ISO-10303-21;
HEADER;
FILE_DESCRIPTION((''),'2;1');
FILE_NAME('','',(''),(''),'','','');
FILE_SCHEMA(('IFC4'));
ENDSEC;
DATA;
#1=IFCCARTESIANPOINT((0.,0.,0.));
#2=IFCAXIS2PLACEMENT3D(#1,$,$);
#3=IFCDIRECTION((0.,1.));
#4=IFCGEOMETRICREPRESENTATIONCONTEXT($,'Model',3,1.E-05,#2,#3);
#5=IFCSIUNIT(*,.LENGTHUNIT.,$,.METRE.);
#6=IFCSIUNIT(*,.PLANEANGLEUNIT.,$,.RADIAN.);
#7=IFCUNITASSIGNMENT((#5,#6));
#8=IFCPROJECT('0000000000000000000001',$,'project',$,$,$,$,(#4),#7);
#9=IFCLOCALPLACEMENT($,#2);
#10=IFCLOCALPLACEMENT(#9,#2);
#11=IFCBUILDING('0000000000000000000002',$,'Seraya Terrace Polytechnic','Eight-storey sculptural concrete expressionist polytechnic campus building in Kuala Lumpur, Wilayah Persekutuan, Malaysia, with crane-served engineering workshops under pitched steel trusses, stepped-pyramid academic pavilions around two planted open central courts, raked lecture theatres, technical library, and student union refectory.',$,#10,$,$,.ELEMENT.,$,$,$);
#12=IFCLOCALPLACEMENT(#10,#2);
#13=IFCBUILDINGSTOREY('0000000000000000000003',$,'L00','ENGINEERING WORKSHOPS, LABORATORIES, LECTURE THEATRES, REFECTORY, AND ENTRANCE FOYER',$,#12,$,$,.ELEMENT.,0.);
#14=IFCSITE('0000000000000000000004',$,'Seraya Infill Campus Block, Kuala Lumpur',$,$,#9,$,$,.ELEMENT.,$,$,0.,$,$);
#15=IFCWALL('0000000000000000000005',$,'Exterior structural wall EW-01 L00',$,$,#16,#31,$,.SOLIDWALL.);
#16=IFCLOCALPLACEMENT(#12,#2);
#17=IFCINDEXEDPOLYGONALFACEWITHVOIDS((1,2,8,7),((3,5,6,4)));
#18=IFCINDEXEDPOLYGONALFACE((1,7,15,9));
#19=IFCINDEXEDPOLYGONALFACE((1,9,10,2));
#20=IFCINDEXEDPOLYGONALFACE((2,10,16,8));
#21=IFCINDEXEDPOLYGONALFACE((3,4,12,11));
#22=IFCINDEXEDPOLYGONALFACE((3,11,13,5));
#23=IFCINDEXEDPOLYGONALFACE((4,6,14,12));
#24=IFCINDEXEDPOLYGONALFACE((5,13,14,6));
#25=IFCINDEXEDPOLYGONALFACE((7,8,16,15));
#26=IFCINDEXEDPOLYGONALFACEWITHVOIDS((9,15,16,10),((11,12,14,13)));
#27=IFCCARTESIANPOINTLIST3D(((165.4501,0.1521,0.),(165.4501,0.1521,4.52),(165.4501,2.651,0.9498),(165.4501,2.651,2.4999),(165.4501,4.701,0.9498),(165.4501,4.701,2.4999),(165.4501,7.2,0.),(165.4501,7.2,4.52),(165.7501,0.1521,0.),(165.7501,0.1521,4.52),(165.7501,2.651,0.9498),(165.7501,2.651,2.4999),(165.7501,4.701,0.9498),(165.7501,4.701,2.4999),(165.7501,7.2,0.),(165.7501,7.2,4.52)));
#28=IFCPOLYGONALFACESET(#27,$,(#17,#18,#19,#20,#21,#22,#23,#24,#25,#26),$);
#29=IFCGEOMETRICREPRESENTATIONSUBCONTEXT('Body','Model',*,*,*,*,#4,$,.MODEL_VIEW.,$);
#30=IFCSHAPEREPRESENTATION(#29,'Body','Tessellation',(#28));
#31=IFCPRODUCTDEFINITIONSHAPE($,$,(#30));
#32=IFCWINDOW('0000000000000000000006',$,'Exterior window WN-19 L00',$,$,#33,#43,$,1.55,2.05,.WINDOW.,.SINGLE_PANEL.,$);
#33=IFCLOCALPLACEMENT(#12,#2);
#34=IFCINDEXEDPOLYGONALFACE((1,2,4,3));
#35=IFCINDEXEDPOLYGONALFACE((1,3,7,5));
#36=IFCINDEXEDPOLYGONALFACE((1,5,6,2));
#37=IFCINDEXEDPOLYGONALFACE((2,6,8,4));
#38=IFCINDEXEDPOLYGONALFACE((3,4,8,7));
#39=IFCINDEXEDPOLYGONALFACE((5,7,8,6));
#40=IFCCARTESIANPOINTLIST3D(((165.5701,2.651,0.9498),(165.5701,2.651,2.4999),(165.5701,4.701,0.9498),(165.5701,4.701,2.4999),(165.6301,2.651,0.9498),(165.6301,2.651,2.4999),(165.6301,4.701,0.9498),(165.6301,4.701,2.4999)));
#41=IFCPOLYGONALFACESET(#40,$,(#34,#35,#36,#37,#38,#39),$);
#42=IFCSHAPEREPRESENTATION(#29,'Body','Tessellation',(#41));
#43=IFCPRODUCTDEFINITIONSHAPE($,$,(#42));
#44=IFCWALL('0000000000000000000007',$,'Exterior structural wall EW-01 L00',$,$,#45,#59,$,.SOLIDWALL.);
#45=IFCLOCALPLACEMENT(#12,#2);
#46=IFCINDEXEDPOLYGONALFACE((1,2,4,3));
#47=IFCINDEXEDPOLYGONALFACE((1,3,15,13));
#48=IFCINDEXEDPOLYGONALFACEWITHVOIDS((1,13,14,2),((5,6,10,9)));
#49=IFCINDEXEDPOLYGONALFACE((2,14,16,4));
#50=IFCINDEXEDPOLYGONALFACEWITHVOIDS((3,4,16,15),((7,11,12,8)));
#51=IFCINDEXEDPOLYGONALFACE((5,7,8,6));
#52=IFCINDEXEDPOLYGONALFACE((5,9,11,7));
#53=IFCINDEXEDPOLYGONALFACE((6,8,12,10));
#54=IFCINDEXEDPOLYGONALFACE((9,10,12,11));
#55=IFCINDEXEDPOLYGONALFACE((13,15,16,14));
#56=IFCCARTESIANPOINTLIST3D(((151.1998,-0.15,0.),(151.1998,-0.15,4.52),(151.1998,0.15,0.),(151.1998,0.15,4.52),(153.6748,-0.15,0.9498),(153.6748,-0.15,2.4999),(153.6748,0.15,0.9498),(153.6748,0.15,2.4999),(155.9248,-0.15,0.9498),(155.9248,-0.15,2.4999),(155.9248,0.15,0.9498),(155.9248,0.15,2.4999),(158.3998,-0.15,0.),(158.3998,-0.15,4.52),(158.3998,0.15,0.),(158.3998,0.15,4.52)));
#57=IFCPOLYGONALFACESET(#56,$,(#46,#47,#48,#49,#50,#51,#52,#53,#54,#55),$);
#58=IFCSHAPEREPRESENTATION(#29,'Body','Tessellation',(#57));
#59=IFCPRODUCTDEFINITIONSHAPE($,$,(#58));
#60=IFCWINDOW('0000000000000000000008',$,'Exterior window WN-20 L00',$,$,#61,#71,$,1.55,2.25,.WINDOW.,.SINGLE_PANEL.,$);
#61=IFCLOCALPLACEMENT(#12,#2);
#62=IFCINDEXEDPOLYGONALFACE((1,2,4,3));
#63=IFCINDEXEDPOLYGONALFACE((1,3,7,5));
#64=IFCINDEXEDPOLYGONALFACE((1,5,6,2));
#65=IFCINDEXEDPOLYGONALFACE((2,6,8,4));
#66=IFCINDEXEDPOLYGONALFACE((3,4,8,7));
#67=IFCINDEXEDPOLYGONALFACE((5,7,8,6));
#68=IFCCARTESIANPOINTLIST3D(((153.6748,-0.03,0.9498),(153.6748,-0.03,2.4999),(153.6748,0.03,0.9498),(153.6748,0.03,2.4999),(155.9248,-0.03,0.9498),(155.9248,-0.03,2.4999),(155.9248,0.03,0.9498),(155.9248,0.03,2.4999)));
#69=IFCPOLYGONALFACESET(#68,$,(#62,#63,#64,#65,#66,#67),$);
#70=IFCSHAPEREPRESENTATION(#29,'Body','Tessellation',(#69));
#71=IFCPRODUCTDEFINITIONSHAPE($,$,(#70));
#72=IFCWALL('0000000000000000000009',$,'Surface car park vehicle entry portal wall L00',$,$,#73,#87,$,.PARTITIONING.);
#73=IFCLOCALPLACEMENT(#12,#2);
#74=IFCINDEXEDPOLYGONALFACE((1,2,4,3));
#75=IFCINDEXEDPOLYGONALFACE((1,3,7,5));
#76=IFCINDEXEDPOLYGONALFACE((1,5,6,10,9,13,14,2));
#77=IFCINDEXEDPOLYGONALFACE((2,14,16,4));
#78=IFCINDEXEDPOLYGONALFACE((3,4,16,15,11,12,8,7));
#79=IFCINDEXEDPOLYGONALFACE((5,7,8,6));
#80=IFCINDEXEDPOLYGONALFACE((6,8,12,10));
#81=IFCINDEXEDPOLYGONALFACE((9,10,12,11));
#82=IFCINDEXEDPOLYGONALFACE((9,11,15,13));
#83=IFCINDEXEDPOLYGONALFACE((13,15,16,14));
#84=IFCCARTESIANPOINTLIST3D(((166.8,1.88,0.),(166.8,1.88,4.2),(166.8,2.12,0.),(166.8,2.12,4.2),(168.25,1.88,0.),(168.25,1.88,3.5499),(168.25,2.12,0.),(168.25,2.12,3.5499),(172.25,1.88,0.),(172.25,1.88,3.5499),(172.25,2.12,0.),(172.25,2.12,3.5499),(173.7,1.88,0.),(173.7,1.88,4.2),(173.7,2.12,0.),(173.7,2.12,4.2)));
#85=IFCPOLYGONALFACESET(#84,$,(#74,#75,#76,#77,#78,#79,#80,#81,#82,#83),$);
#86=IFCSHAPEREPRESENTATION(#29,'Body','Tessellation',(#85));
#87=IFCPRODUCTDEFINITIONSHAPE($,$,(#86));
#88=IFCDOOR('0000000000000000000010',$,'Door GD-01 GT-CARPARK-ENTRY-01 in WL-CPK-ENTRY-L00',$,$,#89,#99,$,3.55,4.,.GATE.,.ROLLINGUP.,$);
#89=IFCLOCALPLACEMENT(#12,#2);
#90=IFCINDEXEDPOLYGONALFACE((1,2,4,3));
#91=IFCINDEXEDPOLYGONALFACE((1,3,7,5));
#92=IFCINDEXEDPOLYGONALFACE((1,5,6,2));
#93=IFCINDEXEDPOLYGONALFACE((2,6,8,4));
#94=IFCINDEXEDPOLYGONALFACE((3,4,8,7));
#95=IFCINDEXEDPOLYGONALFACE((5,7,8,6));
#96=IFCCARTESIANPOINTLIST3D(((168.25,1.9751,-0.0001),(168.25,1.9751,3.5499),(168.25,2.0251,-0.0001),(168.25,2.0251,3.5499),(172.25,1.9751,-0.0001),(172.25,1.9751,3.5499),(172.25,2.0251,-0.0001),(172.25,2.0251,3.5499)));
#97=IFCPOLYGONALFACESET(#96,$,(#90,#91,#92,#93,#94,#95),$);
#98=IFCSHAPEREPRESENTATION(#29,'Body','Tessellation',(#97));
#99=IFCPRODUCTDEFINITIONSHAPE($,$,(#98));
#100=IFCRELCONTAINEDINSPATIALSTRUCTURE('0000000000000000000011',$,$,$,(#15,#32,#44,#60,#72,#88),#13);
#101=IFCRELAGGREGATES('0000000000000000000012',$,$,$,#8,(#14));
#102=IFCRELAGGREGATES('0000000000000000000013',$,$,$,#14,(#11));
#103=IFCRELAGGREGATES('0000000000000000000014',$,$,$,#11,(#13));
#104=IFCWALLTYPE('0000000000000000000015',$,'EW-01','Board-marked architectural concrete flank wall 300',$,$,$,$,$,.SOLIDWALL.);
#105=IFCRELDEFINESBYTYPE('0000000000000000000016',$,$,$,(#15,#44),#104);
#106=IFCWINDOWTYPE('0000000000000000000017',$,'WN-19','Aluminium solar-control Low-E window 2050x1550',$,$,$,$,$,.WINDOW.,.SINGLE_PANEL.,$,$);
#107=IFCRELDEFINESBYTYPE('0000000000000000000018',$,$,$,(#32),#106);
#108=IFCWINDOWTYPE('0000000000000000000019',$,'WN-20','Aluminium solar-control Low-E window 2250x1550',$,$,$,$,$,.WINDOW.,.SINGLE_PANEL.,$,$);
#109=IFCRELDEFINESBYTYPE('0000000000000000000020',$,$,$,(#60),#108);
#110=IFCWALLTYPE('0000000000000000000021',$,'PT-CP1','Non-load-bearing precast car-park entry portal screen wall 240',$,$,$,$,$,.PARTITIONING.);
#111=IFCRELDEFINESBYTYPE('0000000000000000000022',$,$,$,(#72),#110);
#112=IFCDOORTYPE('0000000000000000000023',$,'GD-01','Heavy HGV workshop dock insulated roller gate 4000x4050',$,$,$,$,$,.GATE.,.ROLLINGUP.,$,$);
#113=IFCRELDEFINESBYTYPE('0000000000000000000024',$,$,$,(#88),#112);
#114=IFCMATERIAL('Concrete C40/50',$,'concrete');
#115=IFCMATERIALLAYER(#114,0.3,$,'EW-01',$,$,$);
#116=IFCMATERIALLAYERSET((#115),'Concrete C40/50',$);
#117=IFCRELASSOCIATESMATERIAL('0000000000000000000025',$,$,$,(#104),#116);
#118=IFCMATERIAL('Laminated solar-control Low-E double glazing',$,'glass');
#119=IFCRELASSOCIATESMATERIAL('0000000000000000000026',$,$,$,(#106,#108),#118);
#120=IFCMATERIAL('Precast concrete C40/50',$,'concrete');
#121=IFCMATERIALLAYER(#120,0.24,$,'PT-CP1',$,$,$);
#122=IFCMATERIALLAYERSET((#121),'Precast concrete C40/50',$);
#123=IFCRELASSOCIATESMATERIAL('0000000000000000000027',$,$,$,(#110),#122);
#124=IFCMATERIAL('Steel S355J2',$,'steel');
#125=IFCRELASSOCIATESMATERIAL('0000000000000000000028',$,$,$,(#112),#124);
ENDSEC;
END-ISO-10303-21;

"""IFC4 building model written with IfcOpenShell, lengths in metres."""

from ifc_helpers import new_model, si_unit, direction, frame, frame_2d, origin, place, context, subcontext, project, spatial, rectangle, extrude, material, layer, layer_set, type_object, element, fill, save


model = new_model("IFC4")

# Units and contexts
model_context = context("Model", 3, precision=1e-05, world=origin(), true_north=direction((0.0, 1.0)))
body_context = subcontext(model_context, "Body", "Model", "MODEL_VIEW")
ifc_project = project(units=[si_unit("LENGTHUNIT", "METRE"), si_unit("PLANEANGLEUNIT", "RADIAN")], contexts=[model_context])

# Site, building, storey
site_placement = place(None, origin())
site = spatial("IfcSite", under=ifc_project, at=site_placement, Name="Seraya Infill Campus Block, Kuala Lumpur", CompositionType="ELEMENT", RefElevation=0.0)
building_placement = place(site_placement, origin())
building = spatial("IfcBuilding", under=site, at=building_placement, Name="Seraya Terrace Polytechnic", Description="Eight-storey sculptural concrete expressionist polytechnic campus building in Kuala Lumpur, Wilayah Persekutuan, Malaysia, with crane-served engineering workshops under pitched steel trusses, stepped-pyramid academic pavilions around two planted open central courts, raked lecture theatres, technical library, and student union refectory.", CompositionType="ELEMENT")
storey_placement = place(building_placement, origin())
storey = spatial("IfcBuildingStorey", under=building, at=storey_placement, Name="L00", Description="ENGINEERING WORKSHOPS, LABORATORIES, LECTURE THEATRES, REFECTORY, AND ENTRANCE FOYER", CompositionType="ELEMENT", Elevation=0.0)

# Shared definitions
ifc_material_1 = material(Name="Concrete C40/50", Category="concrete")

# Wall, opening, window
ifc_layer_1 = layer(ifc_material_1, 0.3, Name="EW-01")
ifc_layer_set_1 = layer_set([ifc_layer_1], Name="Concrete C40/50")
wall_type_1 = type_object("IfcWallType", Name="EW-01", Description="Board-marked architectural concrete flank wall 300", PredefinedType="SOLIDWALL", material=ifc_layer_set_1)
wall_1_placement = place(storey_placement, frame((165.6001, 7.2, 0.0), z_axis=(0.0, 0.0, 1.0), x_axis=(0.0, -1.0, 0.0)))
wall_1 = element("IfcWall", 1, at=wall_1_placement, inside=storey, type_object=wall_type_1, Name="Exterior structural wall EW-01 L00", PredefinedType="SOLIDWALL", context=body_context, shape_type="SweptSolid", body=[
    extrude(rectangle(XDim=7.0479, YDim=0.3, at=frame_2d((3.5239, 0.0))), origin(), (0.0, 0.0, 1.0), 4.52),
])
opening_1_placement = place(wall_1_placement, frame((2.499, 0.0, 0.95)))
opening_1 = element("IfcOpeningElement", 2, at=opening_1_placement, cuts=wall_1, PredefinedType="OPENING", context=body_context, shape_type="SweptSolid", body=[
    extrude(rectangle(XDim=2.05, YDim=1.55, at=frame_2d((1.0249, 0.7749))), frame((0.0, 0.1621, 0.0), z_axis=(0.0, -1.0, 0.0), x_axis=(1.0, 0.0, 0.0)), (0.0, 0.0, 1.0), 0.324),
])
ifc_material_2 = material(Name="Laminated solar-control Low-E double glazing", Category="glass")
window_type_1 = type_object("IfcWindowType", Name="WN-19", Description="Aluminium solar-control Low-E window 2050x1550", PartitioningType="SINGLE_PANEL", PredefinedType="WINDOW", material=ifc_material_2)
window_1_placement = place(opening_1_placement, origin())
window_1 = element("IfcWindow", 3, at=window_1_placement, inside=storey, type_object=window_type_1, Name="Exterior window WN-19 L00", OverallHeight=1.55, OverallWidth=2.05, PartitioningType="SINGLE_PANEL", PredefinedType="WINDOW", context=body_context, shape_type="SweptSolid", body=[
    extrude(rectangle(XDim=2.05, YDim=1.55, at=frame_2d((1.0249, 0.7749))), frame((0.0, 0.03, 0.0), z_axis=(0.0, -1.0, 0.0), x_axis=(1.0, 0.0, 0.0)), (0.0, 0.0, 1.0), 0.0601),
])
fill(opening_1, window_1)

# Wall, opening, window
wall_2_placement = place(storey_placement, frame((158.3999, 0.0, 0.0), z_axis=(0.0, 0.0, 1.0), x_axis=(-1.0, 0.0, 0.0)))
wall_2 = element("IfcWall", 4, at=wall_2_placement, inside=storey, type_object=wall_type_1, Name="Exterior structural wall EW-01 L00", PredefinedType="SOLIDWALL", context=body_context, shape_type="SweptSolid", body=[
    extrude(rectangle(XDim=7.2, YDim=0.3, at=frame_2d((3.6001, 0.0))), origin(), (0.0, 0.0, 1.0), 4.52),
])
opening_2_placement = place(wall_2_placement, frame((2.4751, 0.0, 0.95)))
opening_2 = element("IfcOpeningElement", 5, at=opening_2_placement, cuts=wall_2, PredefinedType="OPENING", context=body_context, shape_type="SweptSolid", body=[
    extrude(rectangle(XDim=2.25, YDim=1.55, at=frame_2d((1.125, 0.7749))), frame((0.0, 0.1621, 0.0), z_axis=(0.0, -1.0, 0.0), x_axis=(1.0, 0.0, 0.0)), (0.0, 0.0, 1.0), 0.324),
])
window_type_2 = type_object("IfcWindowType", Name="WN-20", Description="Aluminium solar-control Low-E window 2250x1550", PartitioningType="SINGLE_PANEL", PredefinedType="WINDOW", material=ifc_material_2)
window_2_placement = place(opening_2_placement, origin())
window_2 = element("IfcWindow", 6, at=window_2_placement, inside=storey, type_object=window_type_2, Name="Exterior window WN-20 L00", OverallHeight=1.55, OverallWidth=2.25, PartitioningType="SINGLE_PANEL", PredefinedType="WINDOW", context=body_context, shape_type="SweptSolid", body=[
    extrude(rectangle(XDim=2.25, YDim=1.55, at=frame_2d((1.125, 0.7749))), frame((0.0, 0.03, 0.0), z_axis=(0.0, -1.0, 0.0), x_axis=(1.0, 0.0, 0.0)), (0.0, 0.0, 1.0), 0.0601),
])
fill(opening_2, window_2)

# Wall, opening, door
ifc_material_3 = material(Name="Precast concrete C40/50", Category="concrete")
ifc_layer_2 = layer(ifc_material_3, 0.24, Name="PT-CP1")
ifc_layer_set_2 = layer_set([ifc_layer_2], Name="Precast concrete C40/50")
wall_type_2 = type_object("IfcWallType", Name="PT-CP1", Description="Non-load-bearing precast car-park entry portal screen wall 240", PredefinedType="PARTITIONING", material=ifc_layer_set_2)
wall_3_placement = place(storey_placement, frame((166.8, 2.0, 0.0), z_axis=(0.0, 0.0, 1.0), x_axis=(1.0, 0.0, 0.0)))
wall_3 = element("IfcWall", 7, at=wall_3_placement, inside=storey, type_object=wall_type_2, Name="Surface car park vehicle entry portal wall L00", PredefinedType="PARTITIONING", context=body_context, shape_type="SweptSolid", body=[
    extrude(rectangle(XDim=6.8999, YDim=0.24, at=frame_2d((3.45, 0.0))), origin(), (0.0, 0.0, 1.0), 4.2),
])
opening_3_placement = place(wall_3_placement, frame((1.45, 0.0, 0.0)))
opening_3 = element("IfcOpeningElement", 8, at=opening_3_placement, cuts=wall_3, PredefinedType="OPENING", context=body_context, shape_type="SweptSolid", body=[
    extrude(rectangle(XDim=4.0, YDim=3.55, at=frame_2d((2.0, 1.7749))), frame((0.0, 0.1318, 0.0), z_axis=(0.0, -1.0, 0.0), x_axis=(1.0, 0.0, 0.0)), (0.0, 0.0, 1.0), 0.2639),
])
ifc_material_4 = material(Name="Steel S355J2", Category="steel")
door_type_1 = type_object("IfcDoorType", Name="GD-01", Description="Heavy HGV workshop dock insulated roller gate 4000x4050", OperationType="ROLLINGUP", PredefinedType="GATE", material=ifc_material_4)
door_1_placement = place(opening_3_placement, frame((4.0, 0.0, 0.0), z_axis=(0.0, 0.0, 1.0), x_axis=(-1.0, 0.0, 0.0)))
door_1 = element("IfcDoor", 9, at=door_1_placement, inside=storey, type_object=door_type_1, Name="Door GD-01 GT-CARPARK-ENTRY-01 in WL-CPK-ENTRY-L00", OperationType="ROLLINGUP", OverallHeight=3.55, OverallWidth=4.0, PredefinedType="GATE", context=body_context, shape_type="SweptSolid", body=[
    extrude(rectangle(XDim=4.0, YDim=3.55, at=frame_2d((2.0, 1.7749))), frame((0.0, 0.0249, 0.0), z_axis=(0.0, -1.0, 0.0), x_axis=(1.0, 0.0, 0.0)), (0.0, 0.0, 1.0), 0.05),
])
fill(opening_3, door_1)

save(model, "model.ifc")
